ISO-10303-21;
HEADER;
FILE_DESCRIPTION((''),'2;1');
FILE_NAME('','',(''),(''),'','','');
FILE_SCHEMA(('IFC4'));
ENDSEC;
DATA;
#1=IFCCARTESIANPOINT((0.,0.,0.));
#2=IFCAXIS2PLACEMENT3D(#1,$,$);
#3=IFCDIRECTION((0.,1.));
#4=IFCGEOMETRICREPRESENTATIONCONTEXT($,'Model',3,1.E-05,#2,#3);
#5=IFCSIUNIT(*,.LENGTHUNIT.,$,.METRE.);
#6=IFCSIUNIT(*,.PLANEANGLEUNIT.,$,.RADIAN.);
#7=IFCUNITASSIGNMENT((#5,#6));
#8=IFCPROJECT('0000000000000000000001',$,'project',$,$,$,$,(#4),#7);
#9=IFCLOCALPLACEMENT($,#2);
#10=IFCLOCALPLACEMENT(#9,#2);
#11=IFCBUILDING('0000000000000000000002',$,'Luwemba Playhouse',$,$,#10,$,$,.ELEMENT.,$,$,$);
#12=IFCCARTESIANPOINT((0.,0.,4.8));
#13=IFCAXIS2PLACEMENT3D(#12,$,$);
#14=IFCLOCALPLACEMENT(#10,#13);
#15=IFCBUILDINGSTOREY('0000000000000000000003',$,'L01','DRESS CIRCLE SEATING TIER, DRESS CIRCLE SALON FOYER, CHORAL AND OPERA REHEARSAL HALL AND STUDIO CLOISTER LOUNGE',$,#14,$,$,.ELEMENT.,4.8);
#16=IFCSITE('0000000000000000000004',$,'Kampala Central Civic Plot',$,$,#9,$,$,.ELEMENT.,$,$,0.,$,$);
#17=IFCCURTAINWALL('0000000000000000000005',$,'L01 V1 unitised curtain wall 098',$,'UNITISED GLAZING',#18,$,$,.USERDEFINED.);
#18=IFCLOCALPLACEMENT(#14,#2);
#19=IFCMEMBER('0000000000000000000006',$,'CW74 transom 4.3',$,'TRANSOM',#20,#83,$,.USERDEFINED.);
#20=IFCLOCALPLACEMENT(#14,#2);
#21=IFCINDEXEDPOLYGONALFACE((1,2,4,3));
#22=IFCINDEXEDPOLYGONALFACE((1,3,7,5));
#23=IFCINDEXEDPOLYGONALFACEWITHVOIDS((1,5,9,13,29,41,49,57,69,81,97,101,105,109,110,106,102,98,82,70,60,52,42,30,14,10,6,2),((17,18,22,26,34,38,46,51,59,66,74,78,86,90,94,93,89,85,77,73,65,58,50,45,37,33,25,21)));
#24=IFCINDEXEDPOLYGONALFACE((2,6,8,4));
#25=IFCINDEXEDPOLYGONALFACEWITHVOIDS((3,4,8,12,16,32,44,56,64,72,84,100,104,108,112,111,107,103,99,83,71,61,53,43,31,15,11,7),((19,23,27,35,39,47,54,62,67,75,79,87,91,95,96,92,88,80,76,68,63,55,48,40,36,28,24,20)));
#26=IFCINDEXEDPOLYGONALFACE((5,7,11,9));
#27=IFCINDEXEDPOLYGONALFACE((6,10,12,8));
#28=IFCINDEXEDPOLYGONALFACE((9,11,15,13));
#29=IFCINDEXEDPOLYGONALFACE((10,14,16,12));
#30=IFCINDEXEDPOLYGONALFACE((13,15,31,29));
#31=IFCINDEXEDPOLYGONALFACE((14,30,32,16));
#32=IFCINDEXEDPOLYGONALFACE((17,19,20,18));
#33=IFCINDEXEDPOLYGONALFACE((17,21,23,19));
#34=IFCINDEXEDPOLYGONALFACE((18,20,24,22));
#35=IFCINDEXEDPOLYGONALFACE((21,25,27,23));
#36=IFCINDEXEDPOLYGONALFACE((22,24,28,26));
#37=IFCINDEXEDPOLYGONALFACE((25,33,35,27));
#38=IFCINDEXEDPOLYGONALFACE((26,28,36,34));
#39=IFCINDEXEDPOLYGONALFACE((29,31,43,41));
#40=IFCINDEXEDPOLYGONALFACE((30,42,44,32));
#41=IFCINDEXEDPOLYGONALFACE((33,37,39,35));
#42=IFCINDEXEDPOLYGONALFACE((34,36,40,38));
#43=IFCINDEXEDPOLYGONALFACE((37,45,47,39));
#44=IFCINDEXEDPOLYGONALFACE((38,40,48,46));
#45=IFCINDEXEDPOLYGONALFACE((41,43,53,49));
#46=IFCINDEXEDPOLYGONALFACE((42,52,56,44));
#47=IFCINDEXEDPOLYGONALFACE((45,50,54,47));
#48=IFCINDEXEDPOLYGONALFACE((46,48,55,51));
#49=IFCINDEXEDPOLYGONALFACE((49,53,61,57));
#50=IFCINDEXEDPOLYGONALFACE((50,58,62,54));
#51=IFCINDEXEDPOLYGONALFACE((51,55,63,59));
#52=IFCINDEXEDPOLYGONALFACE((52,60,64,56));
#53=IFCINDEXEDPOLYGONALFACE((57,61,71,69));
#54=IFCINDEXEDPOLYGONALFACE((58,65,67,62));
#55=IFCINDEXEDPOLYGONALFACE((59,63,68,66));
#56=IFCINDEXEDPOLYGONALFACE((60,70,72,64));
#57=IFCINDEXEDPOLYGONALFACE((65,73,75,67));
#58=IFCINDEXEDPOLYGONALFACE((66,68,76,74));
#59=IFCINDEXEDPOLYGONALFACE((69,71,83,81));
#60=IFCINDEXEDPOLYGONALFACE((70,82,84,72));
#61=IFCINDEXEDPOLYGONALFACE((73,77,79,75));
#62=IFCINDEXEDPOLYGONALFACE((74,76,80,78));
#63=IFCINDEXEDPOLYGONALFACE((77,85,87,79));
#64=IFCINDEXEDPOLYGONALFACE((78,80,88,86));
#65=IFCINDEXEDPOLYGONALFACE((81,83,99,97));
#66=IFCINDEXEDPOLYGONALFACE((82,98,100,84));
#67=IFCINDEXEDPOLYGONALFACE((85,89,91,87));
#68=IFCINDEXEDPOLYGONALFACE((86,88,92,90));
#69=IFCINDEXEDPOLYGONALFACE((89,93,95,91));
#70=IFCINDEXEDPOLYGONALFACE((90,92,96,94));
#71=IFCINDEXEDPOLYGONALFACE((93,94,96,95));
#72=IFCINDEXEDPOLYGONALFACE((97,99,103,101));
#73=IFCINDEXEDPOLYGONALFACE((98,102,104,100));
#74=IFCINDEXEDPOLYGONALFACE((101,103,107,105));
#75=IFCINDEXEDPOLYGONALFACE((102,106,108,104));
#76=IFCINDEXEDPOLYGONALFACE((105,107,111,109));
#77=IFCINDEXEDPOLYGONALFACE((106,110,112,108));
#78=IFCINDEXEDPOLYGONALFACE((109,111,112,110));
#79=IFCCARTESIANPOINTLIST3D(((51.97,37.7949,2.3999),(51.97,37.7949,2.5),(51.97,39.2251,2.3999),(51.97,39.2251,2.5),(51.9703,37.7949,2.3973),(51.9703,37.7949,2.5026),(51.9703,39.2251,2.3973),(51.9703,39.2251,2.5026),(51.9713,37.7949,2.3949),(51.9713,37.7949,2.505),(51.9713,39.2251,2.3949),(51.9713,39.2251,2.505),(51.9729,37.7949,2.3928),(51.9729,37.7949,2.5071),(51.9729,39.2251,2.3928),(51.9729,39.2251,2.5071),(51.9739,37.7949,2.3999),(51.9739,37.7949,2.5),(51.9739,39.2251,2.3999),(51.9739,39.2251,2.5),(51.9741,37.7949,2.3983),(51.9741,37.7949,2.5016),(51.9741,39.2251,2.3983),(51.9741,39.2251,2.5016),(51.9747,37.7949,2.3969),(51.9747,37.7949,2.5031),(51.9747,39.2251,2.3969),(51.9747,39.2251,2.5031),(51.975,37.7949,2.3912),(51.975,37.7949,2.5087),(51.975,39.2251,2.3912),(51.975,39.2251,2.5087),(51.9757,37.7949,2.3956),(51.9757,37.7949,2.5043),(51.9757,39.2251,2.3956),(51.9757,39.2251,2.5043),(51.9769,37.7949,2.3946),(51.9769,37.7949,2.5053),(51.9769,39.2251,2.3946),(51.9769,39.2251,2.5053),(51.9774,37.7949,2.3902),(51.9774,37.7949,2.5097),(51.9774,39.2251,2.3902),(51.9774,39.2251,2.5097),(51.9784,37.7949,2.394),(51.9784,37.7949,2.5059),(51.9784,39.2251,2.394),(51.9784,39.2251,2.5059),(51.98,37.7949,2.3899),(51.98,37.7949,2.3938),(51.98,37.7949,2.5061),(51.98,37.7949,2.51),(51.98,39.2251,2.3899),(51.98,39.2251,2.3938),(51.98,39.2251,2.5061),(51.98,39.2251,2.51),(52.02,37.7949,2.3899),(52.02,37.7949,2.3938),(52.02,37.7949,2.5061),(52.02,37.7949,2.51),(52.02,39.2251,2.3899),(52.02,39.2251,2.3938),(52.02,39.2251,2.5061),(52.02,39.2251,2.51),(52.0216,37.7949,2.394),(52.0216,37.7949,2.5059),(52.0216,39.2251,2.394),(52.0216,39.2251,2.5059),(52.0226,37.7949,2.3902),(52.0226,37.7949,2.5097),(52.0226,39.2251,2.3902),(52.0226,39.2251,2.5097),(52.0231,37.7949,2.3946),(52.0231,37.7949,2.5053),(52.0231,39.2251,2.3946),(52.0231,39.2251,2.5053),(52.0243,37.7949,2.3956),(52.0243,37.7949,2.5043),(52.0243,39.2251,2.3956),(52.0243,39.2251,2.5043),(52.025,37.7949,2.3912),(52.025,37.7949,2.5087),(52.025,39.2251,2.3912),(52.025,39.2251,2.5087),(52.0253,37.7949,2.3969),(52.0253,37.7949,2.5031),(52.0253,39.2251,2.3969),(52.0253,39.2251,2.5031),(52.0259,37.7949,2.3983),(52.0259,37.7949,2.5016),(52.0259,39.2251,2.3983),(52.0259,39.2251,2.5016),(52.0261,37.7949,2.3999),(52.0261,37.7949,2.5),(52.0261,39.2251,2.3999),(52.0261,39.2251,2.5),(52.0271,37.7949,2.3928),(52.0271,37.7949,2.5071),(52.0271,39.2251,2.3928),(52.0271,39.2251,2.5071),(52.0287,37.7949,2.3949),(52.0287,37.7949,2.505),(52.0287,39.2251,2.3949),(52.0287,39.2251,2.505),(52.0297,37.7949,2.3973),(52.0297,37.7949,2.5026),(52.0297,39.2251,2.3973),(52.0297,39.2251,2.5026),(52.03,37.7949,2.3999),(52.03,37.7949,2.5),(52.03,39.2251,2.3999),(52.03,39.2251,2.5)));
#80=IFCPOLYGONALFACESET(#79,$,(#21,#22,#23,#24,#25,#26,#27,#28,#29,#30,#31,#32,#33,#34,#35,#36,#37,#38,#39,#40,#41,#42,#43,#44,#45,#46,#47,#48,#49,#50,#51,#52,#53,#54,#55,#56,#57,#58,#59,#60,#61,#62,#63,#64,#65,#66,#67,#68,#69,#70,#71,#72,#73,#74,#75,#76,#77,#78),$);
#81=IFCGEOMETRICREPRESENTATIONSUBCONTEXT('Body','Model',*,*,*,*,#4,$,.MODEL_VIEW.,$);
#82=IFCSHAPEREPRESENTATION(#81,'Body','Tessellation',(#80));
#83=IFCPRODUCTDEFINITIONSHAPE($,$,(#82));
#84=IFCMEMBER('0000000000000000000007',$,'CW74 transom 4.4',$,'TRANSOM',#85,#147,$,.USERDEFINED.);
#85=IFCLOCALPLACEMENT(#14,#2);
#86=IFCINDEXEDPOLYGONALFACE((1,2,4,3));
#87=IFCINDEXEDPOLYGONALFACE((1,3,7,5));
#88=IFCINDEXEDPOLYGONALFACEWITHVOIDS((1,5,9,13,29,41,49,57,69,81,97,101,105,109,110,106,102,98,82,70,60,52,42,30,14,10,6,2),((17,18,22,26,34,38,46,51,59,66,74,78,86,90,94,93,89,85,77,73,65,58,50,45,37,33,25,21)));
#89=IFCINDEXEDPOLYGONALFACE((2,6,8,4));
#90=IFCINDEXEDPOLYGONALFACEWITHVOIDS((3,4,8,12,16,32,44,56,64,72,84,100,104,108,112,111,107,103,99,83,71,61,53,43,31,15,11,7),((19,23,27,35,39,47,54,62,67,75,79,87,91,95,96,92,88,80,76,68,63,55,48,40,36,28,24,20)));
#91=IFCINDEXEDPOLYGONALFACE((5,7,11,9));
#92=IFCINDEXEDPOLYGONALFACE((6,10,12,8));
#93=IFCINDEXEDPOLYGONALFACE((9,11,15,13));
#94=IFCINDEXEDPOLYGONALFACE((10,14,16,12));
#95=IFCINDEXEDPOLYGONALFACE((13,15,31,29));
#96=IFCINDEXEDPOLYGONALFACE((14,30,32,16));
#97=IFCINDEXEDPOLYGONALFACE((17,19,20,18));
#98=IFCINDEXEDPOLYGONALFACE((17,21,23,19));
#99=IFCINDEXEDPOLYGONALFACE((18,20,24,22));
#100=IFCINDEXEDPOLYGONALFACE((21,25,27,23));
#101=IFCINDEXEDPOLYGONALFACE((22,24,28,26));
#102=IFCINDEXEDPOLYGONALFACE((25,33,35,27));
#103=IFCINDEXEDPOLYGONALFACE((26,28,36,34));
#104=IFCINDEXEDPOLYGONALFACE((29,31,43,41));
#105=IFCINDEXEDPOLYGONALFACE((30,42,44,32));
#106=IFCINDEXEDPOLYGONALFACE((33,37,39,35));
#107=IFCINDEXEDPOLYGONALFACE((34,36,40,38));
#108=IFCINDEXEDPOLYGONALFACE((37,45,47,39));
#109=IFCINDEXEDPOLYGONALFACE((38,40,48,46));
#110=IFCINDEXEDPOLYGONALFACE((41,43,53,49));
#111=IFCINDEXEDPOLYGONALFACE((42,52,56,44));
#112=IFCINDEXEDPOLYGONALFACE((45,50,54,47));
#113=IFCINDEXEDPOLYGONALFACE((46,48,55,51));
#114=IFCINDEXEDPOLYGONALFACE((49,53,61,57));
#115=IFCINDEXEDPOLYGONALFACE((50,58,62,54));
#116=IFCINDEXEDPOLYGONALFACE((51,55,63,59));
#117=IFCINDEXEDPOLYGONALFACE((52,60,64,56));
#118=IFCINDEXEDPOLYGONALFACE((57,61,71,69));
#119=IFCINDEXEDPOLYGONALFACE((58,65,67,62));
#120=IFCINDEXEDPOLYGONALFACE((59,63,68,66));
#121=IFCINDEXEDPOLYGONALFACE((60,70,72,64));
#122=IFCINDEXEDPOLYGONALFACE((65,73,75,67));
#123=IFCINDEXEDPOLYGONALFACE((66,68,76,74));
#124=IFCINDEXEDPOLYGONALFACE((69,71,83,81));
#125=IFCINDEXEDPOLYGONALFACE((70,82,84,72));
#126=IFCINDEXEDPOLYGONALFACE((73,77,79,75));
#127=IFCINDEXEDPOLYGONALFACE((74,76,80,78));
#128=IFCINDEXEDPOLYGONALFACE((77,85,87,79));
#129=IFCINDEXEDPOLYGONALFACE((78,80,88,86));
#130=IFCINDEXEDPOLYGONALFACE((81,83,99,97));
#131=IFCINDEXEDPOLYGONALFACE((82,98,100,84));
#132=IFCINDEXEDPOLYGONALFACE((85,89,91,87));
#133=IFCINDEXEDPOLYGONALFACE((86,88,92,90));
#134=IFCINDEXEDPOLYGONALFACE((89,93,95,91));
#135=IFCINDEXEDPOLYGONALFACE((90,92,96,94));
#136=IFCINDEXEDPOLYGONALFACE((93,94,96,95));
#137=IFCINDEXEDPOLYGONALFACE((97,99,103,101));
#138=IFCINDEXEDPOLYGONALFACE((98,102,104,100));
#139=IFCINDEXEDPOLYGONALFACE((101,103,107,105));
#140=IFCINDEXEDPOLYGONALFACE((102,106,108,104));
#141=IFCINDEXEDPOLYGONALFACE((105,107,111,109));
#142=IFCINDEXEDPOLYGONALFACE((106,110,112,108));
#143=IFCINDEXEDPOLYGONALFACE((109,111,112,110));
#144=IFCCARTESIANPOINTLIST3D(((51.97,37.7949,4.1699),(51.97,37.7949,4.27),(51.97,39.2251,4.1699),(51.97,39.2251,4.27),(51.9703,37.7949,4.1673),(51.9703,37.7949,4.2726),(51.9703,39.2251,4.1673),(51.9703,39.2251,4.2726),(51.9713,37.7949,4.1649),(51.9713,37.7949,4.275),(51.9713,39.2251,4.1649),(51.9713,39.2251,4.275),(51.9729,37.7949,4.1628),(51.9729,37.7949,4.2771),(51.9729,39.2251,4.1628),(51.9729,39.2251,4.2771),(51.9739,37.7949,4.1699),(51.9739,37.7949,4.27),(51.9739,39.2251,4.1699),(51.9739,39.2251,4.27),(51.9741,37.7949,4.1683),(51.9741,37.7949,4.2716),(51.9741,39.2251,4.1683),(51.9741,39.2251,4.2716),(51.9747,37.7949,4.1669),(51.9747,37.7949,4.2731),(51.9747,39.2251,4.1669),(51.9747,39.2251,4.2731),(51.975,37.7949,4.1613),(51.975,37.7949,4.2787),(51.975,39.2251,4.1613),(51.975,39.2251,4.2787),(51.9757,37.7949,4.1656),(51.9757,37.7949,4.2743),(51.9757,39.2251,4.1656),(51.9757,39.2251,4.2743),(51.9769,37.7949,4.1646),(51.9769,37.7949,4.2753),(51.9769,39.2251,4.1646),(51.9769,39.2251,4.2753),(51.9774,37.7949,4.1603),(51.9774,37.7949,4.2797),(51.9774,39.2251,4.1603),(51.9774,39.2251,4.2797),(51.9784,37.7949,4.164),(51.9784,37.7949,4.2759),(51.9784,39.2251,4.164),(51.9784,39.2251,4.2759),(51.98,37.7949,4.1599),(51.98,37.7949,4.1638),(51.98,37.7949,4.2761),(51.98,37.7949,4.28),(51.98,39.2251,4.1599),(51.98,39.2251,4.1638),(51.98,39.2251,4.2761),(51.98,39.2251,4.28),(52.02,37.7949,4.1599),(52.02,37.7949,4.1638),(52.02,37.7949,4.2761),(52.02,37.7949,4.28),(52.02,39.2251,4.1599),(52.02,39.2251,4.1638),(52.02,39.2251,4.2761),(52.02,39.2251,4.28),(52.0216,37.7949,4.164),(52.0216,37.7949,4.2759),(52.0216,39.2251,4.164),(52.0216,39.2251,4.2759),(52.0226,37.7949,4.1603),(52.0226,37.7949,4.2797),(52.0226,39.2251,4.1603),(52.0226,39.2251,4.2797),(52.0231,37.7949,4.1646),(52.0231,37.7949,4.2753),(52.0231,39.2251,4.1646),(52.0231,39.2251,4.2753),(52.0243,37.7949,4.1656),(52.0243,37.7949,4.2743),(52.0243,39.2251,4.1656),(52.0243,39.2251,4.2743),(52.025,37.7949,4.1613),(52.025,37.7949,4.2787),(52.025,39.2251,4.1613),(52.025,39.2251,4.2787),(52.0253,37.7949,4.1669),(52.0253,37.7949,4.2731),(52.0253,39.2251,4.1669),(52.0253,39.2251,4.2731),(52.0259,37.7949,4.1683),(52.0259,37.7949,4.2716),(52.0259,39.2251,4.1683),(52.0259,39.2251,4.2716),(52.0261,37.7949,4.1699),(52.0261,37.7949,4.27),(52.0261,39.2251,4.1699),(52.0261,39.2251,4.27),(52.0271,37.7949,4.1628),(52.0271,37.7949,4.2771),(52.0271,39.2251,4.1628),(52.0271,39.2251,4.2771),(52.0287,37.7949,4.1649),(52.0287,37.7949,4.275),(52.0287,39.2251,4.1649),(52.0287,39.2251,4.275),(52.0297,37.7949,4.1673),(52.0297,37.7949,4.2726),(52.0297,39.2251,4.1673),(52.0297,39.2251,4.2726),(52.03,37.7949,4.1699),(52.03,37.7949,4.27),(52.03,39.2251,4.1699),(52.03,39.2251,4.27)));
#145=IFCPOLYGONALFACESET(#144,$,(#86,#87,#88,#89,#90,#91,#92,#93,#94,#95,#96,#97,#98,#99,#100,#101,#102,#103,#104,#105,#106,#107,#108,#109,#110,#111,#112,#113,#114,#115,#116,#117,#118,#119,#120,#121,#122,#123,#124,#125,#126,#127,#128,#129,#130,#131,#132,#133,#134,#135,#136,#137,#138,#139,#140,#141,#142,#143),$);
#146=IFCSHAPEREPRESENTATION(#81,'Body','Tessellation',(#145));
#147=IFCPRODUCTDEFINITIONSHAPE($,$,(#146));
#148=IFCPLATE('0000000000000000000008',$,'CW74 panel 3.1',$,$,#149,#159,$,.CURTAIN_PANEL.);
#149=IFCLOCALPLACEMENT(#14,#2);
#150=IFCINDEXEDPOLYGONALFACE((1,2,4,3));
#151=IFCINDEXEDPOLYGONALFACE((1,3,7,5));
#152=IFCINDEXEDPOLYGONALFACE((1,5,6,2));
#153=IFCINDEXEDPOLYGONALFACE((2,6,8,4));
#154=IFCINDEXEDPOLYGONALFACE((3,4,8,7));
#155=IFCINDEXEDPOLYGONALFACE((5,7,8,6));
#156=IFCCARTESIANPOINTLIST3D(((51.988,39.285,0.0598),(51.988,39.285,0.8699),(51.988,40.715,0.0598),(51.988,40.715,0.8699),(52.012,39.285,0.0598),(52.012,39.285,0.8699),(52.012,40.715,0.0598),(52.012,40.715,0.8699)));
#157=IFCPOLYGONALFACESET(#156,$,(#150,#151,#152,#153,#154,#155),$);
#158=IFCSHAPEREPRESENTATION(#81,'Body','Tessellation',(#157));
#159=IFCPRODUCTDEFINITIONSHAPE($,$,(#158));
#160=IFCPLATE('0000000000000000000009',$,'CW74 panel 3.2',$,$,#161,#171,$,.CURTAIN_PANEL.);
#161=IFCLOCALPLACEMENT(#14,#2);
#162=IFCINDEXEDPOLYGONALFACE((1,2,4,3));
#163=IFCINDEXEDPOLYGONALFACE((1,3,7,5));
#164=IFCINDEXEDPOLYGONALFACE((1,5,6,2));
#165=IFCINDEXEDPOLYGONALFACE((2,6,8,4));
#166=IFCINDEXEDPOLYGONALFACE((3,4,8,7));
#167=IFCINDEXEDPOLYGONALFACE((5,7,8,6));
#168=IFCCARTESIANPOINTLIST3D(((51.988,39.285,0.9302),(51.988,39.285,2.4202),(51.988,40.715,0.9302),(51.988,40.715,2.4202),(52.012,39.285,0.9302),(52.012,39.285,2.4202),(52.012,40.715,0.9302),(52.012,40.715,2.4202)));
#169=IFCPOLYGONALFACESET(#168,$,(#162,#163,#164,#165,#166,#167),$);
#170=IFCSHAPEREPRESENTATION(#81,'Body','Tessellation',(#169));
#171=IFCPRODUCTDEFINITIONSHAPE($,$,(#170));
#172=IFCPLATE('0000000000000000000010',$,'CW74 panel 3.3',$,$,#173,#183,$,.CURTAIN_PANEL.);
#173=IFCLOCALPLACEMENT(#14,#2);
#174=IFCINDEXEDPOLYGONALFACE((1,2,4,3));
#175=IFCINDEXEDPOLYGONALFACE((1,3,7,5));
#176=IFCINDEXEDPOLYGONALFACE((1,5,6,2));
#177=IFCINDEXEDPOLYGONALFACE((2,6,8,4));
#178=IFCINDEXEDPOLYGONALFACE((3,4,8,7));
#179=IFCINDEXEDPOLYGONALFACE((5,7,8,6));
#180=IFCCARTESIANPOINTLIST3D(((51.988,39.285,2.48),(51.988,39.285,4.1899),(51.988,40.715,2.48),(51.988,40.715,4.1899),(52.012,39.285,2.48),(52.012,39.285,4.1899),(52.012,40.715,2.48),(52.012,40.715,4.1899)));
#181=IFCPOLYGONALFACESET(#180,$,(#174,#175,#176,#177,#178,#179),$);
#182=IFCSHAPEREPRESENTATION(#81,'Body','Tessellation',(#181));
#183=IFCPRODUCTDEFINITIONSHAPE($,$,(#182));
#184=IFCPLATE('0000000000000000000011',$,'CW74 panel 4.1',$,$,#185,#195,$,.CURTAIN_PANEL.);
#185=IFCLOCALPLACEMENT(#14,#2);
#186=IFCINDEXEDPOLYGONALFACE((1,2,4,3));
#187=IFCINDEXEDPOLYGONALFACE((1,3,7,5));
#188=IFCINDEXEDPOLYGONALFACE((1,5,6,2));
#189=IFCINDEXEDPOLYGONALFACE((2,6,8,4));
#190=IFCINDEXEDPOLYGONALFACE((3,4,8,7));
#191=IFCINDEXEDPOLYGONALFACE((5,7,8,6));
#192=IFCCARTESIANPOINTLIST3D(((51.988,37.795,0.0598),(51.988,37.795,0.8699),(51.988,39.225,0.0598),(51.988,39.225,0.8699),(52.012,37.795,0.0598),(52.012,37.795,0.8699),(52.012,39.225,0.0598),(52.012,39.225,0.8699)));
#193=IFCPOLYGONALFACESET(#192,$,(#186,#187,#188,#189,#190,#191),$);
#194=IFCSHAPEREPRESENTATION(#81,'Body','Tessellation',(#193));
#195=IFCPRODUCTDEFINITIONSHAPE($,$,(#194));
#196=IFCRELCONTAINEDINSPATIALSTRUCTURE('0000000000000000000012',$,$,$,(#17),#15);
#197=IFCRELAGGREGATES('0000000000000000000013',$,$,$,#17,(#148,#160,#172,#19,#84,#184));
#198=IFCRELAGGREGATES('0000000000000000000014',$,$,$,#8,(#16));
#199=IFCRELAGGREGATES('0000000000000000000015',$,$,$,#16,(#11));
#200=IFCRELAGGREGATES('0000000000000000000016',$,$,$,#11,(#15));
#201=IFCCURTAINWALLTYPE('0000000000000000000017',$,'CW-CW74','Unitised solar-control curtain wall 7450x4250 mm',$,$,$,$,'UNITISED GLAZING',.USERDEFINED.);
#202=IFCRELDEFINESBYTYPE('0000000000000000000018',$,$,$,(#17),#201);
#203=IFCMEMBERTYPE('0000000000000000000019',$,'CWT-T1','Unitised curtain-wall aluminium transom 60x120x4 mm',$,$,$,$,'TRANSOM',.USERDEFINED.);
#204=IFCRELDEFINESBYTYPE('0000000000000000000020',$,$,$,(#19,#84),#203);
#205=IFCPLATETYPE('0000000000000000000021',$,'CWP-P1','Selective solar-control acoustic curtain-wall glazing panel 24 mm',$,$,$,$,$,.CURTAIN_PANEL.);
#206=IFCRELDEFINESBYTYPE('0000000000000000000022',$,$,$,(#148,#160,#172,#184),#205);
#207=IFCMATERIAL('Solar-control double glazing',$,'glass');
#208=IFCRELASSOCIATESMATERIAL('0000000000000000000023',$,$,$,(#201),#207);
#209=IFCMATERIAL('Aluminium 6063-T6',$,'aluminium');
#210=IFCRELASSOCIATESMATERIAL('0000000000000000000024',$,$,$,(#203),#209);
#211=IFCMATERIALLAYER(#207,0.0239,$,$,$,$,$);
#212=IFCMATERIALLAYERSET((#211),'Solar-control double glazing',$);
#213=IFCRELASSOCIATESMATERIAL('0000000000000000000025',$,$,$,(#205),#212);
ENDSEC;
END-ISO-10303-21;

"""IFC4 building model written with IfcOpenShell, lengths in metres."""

from ifc_helpers import new_model, si_unit, direction, frame, origin, origin_2d, place, context, subcontext, project, spatial, rectangle, hollow_rectangle, extrude, material, layer, layer_set, material_profile, profile_set, type_object, element, aggregate, save


model = new_model("IFC4")

# Units and contexts
model_context = context("Model", 3, precision=1e-05, world=origin(), true_north=direction((0.0, 1.0)))
body_context = subcontext(model_context, "Body", "Model", "MODEL_VIEW")
ifc_project = project(units=[si_unit("LENGTHUNIT", "METRE"), si_unit("PLANEANGLEUNIT", "RADIAN")], contexts=[model_context])

# Site, building, storey
site_placement = place(None, origin())
site = spatial("IfcSite", under=ifc_project, at=site_placement, Name="Kampala Central Civic Plot", CompositionType="ELEMENT", RefElevation=0.0)
building_placement = place(site_placement, origin())
building = spatial("IfcBuilding", under=site, at=building_placement, Name="Luwemba Playhouse", CompositionType="ELEMENT")
storey_placement = place(building_placement, frame((0.0, 0.0, 4.8)))
storey = spatial("IfcBuildingStorey", under=building, at=storey_placement, Name="L01", Description="DRESS CIRCLE SEATING TIER, DRESS CIRCLE SALON FOYER, CHORAL AND OPERA REHEARSAL HALL AND STUDIO CLOISTER LOUNGE", CompositionType="ELEMENT", Elevation=4.8)

# Curtain wall, members, plates
ifc_material_1 = material(Name="Solar-control double glazing", Category="glass")
curtain_wall_type = type_object("IfcCurtainWallType", Name="CW-CW74", Description="Unitised solar-control curtain wall 7450x4250 mm", ElementType="UNITISED GLAZING", PredefinedType="USERDEFINED", material=ifc_material_1)
curtain_wall_placement = place(storey_placement, origin())
curtain_wall = element("IfcCurtainWall", 1, at=curtain_wall_placement, inside=storey, type_object=curtain_wall_type, Name="L01 V1 unitised curtain wall 098", ObjectType="UNITISED GLAZING", PredefinedType="USERDEFINED")
ifc_material_2 = material(Name="Aluminium 6063-T6", Category="aluminium")
ifc_material_profile_1 = material_profile(ifc_material_2, hollow_rectangle(XDim=0.0601, YDim=0.1201, WallThickness=0.0039, InnerFilletRadius=0.0061, OuterFilletRadius=0.01, at=origin_2d()))
ifc_profile_set_1 = profile_set([ifc_material_profile_1], Name="Aluminium 6063-T6")
member_type_1 = type_object("IfcMemberType", Name="CWT-T1", Description="Unitised curtain-wall aluminium transom 60x120x4 mm", ElementType="TRANSOM", PredefinedType="USERDEFINED", material=ifc_profile_set_1)
member_1_placement = place(storey_placement, frame((52.0, 39.2251, 2.45), z_axis=(0.0, -1.0, 0.0), x_axis=(1.0, 0.0, 0.0)))
member_1 = element("IfcMember", 2, at=member_1_placement, type_object=member_type_1, Name="CW74 transom 4.3", ObjectType="TRANSOM", PredefinedType="USERDEFINED", context=body_context, shape_type="SweptSolid", body=[
    extrude(hollow_rectangle(XDim=0.0601, YDim=0.1201, WallThickness=0.0039, InnerFilletRadius=0.0061, OuterFilletRadius=0.01, at=origin_2d()), origin(), (0.0, 0.0, 1.0), 1.4302),
])
member_2_placement = place(storey_placement, frame((52.0, 39.2251, 4.22), z_axis=(0.0, -1.0, 0.0), x_axis=(1.0, 0.0, 0.0)))
member_2 = element("IfcMember", 3, at=member_2_placement, type_object=member_type_1, Name="CW74 transom 4.4", ObjectType="TRANSOM", PredefinedType="USERDEFINED", context=body_context, shape_type="SweptSolid", body=[
    extrude(hollow_rectangle(XDim=0.0601, YDim=0.1201, WallThickness=0.0039, InnerFilletRadius=0.0061, OuterFilletRadius=0.01, at=origin_2d()), origin(), (0.0, 0.0, 1.0), 1.4302),
])
ifc_layer_1 = layer(ifc_material_1, 0.0239)
ifc_layer_set_1 = layer_set([ifc_layer_1], Name="Solar-control double glazing")
plate_type = type_object("IfcPlateType", Name="CWP-P1", Description="Selective solar-control acoustic curtain-wall glazing panel 24 mm", PredefinedType="CURTAIN_PANEL", material=ifc_layer_set_1)
plate_1_placement = place(storey_placement, frame((52.0, 40.0, 0.0598), z_axis=(0.0, 0.0, 1.0), x_axis=(0.0, -1.0, 0.0)))
plate_1 = element("IfcPlate", 4, at=plate_1_placement, type_object=plate_type, Name="CW74 panel 3.1", PredefinedType="CURTAIN_PANEL", context=body_context, shape_type="SweptSolid", body=[
    extrude(rectangle(XDim=1.4299, YDim=0.0239, at=origin_2d()), origin(), (0.0, 0.0, 1.0), 0.8101),
])
plate_2_placement = place(storey_placement, frame((52.0, 40.0, 0.9302), z_axis=(0.0, 0.0, 1.0), x_axis=(0.0, -1.0, 0.0)))
plate_2 = element("IfcPlate", 5, at=plate_2_placement, type_object=plate_type, Name="CW74 panel 3.2", PredefinedType="CURTAIN_PANEL", context=body_context, shape_type="SweptSolid", body=[
    extrude(rectangle(XDim=1.4299, YDim=0.0239, at=origin_2d()), origin(), (0.0, 0.0, 1.0), 1.49),
])
plate_3_placement = place(storey_placement, frame((52.0, 40.0, 2.48), z_axis=(0.0, 0.0, 1.0), x_axis=(0.0, -1.0, 0.0)))
plate_3 = element("IfcPlate", 6, at=plate_3_placement, type_object=plate_type, Name="CW74 panel 3.3", PredefinedType="CURTAIN_PANEL", context=body_context, shape_type="SweptSolid", body=[
    extrude(rectangle(XDim=1.4299, YDim=0.0239, at=origin_2d()), origin(), (0.0, 0.0, 1.0), 1.71),
])
plate_4_placement = place(storey_placement, frame((52.0, 38.51, 0.0598), z_axis=(0.0, 0.0, 1.0), x_axis=(0.0, -1.0, 0.0)))
plate_4 = element("IfcPlate", 7, at=plate_4_placement, type_object=plate_type, Name="CW74 panel 4.1", PredefinedType="CURTAIN_PANEL", context=body_context, shape_type="SweptSolid", body=[
    extrude(rectangle(XDim=1.4299, YDim=0.0239, at=origin_2d()), origin(), (0.0, 0.0, 1.0), 0.8101),
])
aggregate(curtain_wall, [plate_1, plate_2, plate_3, member_1, member_2, plate_4])

save(model, "model.ifc")
